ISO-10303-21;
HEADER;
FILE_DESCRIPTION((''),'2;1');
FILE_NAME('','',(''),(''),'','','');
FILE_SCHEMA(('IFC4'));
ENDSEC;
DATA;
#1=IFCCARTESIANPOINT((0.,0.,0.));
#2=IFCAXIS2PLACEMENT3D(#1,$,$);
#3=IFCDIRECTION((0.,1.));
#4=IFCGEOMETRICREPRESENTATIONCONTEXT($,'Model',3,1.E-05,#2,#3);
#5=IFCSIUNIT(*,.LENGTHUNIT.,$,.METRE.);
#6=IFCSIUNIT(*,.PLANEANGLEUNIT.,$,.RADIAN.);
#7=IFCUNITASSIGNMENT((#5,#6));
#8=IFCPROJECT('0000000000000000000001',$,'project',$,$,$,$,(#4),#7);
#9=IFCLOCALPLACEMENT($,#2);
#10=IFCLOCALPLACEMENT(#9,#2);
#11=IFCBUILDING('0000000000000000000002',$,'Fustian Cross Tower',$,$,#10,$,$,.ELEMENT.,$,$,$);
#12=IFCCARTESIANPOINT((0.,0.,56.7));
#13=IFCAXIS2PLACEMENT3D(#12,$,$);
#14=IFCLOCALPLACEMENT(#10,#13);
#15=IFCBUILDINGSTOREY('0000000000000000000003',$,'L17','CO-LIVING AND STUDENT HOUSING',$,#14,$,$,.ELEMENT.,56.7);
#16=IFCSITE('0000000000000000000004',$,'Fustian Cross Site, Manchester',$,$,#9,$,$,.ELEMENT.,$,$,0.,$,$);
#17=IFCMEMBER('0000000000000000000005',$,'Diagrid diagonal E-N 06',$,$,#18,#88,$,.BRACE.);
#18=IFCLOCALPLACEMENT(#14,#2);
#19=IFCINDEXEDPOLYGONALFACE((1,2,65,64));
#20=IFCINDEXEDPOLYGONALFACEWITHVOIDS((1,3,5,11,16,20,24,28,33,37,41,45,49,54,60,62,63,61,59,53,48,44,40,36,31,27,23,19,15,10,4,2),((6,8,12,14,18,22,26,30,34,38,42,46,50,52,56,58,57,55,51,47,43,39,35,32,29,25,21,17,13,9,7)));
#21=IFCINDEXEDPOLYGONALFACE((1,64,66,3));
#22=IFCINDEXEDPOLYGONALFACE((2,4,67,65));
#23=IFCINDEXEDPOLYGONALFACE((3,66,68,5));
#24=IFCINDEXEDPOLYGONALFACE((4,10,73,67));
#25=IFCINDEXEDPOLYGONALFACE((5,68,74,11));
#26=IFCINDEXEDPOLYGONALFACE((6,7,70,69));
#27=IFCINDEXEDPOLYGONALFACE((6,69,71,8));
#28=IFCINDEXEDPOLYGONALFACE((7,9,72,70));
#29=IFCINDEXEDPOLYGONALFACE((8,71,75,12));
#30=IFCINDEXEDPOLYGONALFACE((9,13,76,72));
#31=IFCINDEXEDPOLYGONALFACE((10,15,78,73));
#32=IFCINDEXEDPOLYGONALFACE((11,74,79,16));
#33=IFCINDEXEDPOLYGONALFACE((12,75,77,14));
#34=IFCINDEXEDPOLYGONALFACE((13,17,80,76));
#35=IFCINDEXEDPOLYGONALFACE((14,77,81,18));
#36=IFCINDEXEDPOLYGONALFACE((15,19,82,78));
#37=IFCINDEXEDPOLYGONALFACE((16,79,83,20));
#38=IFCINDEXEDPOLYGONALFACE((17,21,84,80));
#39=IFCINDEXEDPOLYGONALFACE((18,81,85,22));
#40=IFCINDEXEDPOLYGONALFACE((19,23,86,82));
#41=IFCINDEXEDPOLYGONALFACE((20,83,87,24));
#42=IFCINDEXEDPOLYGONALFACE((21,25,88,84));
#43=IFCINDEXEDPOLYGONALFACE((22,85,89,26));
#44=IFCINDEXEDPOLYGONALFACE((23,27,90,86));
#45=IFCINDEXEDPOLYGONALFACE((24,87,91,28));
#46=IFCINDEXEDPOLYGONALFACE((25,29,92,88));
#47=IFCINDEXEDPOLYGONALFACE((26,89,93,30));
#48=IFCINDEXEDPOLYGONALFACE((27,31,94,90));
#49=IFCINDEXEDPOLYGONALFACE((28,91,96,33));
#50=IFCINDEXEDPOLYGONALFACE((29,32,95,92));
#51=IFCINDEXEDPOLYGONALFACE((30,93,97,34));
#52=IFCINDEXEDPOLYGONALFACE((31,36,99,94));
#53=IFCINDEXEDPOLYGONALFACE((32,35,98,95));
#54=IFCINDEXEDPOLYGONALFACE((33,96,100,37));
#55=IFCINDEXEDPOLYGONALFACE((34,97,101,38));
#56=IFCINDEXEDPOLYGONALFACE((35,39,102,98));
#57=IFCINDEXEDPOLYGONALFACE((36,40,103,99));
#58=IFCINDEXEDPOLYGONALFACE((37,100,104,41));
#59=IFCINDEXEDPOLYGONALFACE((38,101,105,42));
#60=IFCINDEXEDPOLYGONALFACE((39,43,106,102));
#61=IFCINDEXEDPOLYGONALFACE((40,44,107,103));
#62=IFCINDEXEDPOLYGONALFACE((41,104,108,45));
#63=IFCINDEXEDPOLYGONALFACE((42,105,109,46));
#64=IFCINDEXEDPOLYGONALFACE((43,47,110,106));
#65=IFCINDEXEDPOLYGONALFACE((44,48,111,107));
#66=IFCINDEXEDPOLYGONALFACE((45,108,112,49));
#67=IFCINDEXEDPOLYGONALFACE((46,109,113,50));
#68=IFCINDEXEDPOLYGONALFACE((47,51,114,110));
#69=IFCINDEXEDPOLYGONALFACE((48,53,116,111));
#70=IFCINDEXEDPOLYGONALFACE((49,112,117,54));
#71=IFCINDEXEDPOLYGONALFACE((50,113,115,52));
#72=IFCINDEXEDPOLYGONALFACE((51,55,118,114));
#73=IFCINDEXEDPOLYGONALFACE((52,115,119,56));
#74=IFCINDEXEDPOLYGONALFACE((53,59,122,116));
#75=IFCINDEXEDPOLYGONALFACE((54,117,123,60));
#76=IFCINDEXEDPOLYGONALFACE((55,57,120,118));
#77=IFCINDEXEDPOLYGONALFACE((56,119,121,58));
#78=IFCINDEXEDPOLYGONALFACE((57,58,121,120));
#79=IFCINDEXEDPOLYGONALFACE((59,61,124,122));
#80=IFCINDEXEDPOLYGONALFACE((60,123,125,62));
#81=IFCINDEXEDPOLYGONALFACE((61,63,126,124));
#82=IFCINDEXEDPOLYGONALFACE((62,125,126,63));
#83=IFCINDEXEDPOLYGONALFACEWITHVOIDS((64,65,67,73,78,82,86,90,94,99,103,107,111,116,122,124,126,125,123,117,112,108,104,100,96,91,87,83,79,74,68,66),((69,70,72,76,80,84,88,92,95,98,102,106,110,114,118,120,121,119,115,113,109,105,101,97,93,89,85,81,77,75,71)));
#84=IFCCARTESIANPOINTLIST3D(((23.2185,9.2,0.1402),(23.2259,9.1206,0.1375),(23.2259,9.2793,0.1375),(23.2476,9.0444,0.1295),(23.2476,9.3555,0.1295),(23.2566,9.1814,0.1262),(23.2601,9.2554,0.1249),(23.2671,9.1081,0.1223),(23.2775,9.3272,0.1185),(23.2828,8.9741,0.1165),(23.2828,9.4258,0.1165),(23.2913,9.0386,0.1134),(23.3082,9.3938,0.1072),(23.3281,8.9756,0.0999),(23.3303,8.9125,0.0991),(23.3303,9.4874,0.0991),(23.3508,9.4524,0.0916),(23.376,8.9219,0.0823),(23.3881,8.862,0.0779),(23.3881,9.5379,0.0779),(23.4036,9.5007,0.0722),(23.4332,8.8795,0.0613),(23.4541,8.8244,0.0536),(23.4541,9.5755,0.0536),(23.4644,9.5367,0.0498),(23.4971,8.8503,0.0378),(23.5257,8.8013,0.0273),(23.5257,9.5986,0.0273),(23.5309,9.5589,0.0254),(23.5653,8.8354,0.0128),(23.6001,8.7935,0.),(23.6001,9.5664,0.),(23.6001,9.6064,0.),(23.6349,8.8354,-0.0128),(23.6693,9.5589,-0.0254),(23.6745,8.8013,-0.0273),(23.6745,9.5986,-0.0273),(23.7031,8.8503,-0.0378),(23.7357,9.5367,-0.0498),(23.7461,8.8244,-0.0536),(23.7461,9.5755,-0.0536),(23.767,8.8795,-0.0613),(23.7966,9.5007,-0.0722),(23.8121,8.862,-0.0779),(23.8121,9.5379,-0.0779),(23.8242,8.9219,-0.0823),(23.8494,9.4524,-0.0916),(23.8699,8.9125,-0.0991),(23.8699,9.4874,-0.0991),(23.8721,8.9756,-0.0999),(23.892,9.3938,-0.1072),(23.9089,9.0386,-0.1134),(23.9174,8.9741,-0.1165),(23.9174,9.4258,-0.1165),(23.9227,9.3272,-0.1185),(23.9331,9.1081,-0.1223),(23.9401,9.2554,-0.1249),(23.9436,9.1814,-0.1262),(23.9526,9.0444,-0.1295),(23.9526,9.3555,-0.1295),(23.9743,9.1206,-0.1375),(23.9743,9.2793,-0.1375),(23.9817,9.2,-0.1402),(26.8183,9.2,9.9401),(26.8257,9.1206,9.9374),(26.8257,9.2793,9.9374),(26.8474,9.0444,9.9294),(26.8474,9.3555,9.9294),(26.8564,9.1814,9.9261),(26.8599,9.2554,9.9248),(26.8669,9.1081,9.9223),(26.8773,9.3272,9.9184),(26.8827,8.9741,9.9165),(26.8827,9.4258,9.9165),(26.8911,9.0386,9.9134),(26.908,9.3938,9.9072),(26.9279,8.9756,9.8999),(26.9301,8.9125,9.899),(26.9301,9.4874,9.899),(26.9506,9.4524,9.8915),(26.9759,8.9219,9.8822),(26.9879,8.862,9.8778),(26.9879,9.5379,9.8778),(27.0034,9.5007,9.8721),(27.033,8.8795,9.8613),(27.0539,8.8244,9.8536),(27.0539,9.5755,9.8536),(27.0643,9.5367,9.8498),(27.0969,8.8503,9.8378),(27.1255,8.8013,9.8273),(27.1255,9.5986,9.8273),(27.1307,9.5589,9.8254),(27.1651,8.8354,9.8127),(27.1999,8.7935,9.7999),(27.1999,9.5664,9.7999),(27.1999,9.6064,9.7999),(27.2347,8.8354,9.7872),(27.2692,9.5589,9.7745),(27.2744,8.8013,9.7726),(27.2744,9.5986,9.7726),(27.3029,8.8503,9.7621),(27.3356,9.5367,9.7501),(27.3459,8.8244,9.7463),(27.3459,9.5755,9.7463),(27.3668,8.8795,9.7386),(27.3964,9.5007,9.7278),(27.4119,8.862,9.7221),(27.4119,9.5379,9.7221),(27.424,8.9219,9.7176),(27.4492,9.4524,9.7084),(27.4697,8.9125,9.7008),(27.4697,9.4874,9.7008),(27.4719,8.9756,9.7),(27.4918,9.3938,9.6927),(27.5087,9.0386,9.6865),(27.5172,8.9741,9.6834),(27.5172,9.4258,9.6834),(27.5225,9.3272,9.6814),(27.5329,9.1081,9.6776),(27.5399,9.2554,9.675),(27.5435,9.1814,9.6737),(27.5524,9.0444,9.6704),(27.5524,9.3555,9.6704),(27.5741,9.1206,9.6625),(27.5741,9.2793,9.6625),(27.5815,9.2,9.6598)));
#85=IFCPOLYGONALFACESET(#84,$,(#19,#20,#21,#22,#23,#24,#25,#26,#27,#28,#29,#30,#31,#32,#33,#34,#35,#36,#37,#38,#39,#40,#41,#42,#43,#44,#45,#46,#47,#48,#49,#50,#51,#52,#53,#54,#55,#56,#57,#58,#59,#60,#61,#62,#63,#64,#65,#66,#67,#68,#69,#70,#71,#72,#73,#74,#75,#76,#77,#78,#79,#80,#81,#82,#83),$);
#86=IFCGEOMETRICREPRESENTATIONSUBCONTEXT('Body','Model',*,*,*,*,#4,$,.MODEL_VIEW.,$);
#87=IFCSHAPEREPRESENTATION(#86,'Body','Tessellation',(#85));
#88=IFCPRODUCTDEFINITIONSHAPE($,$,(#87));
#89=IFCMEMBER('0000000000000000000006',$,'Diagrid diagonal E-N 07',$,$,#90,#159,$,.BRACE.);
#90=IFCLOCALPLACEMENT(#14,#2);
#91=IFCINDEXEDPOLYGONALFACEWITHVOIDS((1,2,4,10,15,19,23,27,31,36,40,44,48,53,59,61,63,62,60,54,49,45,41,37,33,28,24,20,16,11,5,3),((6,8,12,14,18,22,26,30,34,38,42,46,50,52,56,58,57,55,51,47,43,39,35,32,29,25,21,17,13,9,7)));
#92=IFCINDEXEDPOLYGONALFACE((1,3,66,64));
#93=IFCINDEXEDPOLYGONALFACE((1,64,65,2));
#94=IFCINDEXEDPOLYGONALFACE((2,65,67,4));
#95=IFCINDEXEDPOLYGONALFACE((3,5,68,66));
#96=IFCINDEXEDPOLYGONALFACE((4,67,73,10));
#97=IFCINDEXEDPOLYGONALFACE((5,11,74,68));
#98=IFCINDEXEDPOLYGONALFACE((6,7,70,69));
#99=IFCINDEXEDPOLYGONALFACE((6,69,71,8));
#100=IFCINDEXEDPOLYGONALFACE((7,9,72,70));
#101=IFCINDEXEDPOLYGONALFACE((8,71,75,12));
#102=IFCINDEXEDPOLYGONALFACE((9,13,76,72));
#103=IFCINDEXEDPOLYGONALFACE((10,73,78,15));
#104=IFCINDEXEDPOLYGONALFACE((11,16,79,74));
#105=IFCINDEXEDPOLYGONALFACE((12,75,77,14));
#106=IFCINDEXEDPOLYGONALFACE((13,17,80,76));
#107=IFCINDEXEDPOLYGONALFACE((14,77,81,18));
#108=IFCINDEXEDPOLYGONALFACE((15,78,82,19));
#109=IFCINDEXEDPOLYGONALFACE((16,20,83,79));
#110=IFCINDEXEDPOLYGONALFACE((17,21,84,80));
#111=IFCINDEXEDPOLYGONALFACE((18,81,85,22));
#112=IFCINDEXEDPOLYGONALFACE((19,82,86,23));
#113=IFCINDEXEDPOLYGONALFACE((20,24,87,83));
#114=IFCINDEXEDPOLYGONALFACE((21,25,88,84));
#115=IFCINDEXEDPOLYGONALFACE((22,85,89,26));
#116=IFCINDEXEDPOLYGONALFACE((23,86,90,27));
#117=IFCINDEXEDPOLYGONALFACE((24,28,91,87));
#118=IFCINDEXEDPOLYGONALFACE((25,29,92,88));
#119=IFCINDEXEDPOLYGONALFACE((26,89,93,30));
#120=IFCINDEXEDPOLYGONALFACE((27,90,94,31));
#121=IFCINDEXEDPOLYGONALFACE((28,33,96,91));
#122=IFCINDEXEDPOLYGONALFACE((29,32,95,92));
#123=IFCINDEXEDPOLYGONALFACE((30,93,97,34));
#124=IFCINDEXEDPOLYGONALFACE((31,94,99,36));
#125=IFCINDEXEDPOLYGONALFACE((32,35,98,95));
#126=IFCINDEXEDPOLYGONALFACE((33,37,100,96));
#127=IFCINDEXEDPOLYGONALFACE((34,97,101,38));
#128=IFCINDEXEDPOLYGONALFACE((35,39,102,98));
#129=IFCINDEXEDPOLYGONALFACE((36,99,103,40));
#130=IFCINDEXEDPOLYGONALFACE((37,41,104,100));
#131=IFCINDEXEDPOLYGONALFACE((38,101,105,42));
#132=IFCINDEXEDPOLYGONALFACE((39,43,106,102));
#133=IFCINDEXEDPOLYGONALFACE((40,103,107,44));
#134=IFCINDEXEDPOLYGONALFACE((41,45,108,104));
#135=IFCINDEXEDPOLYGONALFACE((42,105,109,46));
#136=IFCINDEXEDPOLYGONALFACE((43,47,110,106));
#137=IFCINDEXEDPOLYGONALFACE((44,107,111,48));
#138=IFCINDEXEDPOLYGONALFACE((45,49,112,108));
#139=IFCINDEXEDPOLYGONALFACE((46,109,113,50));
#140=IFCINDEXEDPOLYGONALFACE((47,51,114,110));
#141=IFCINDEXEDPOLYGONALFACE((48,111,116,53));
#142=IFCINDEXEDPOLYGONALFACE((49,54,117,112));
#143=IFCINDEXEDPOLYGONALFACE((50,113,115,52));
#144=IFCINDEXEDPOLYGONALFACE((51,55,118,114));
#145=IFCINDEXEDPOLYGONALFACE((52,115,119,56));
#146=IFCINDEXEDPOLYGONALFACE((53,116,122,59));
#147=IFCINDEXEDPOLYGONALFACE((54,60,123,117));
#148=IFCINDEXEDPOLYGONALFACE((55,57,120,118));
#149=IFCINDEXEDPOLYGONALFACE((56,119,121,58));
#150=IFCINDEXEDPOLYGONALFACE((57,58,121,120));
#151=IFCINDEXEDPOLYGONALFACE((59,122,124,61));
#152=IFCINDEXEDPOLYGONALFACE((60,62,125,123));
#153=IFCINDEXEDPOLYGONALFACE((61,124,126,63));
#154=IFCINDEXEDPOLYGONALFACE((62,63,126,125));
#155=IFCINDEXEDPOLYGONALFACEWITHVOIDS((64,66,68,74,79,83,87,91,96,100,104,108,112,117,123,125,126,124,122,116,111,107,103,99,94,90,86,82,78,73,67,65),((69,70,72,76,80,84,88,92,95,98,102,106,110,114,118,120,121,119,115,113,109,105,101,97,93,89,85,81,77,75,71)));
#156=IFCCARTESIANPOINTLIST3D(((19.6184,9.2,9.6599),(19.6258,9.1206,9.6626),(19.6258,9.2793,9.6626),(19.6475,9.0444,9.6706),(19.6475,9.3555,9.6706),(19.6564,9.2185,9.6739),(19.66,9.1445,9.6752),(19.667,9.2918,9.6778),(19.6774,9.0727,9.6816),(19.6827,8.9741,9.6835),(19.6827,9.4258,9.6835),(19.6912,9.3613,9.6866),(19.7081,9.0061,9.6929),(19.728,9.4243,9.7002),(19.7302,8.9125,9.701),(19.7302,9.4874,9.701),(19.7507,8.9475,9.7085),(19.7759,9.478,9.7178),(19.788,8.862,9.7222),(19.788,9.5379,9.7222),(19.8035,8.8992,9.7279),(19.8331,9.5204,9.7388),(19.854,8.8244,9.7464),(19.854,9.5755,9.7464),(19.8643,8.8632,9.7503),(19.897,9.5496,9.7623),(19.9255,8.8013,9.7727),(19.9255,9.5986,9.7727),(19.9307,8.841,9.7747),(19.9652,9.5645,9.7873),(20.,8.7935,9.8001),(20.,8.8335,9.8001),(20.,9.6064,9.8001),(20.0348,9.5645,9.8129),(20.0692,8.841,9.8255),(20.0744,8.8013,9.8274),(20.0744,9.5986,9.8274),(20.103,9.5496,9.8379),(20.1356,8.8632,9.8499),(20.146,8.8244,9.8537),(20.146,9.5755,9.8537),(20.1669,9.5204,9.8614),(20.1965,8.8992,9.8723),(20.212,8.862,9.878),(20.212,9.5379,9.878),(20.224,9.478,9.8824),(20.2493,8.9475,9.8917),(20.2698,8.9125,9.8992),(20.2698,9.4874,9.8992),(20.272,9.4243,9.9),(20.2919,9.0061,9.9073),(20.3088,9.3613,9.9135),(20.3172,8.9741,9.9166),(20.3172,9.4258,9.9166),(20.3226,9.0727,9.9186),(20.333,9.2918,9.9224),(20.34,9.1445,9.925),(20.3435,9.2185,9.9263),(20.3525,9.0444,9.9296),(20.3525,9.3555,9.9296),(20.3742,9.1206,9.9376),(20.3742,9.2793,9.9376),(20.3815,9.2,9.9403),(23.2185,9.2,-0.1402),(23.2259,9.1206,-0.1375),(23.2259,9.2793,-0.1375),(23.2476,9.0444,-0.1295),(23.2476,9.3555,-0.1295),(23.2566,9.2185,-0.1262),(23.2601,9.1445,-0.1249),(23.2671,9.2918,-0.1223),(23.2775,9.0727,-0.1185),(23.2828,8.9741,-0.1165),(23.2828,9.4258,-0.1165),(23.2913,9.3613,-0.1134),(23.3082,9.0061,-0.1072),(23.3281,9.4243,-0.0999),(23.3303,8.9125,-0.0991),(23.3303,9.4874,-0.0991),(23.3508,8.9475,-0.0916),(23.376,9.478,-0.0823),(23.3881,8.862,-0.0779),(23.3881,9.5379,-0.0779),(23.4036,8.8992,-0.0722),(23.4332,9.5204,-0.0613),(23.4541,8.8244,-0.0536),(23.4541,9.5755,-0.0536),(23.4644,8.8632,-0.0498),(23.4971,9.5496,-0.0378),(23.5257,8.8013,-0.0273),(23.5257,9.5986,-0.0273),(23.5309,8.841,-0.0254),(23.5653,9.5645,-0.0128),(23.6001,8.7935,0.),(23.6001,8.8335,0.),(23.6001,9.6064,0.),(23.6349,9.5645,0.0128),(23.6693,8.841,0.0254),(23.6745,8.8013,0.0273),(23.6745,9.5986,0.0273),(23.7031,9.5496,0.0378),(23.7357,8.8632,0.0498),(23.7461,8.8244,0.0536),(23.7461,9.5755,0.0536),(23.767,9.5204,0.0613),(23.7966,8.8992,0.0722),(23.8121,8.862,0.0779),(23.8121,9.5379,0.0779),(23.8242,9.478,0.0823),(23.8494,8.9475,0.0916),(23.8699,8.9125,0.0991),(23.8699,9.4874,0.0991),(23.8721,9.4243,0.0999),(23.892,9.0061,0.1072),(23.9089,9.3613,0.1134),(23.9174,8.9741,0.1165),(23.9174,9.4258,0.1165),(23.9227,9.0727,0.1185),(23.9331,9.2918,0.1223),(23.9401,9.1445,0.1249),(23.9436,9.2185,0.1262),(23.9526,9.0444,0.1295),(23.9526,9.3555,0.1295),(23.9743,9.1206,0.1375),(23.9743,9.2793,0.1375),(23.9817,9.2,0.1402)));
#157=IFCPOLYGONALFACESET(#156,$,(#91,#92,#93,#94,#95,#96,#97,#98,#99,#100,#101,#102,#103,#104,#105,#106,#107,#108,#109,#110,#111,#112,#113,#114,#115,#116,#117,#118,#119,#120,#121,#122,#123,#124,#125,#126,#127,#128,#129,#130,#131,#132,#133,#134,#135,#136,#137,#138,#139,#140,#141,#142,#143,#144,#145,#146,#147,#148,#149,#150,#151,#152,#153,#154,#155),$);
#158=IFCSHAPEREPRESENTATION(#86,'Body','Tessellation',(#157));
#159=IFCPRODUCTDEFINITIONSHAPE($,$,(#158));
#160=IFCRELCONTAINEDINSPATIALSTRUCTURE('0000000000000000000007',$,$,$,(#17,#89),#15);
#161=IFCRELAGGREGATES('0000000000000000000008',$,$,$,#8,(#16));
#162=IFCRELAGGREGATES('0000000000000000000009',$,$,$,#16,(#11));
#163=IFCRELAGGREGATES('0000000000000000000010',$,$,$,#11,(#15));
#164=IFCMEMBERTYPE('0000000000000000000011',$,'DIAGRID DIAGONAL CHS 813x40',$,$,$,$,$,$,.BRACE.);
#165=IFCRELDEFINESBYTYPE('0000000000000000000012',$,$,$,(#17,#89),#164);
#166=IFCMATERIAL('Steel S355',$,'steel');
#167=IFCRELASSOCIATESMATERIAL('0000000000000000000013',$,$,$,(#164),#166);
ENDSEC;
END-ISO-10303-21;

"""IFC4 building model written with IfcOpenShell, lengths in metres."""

from ifc_helpers import new_model, si_unit, direction, frame, origin, origin_2d, place, context, subcontext, project, spatial, hollow_circle, extrude, material, material_profile, profile_set, type_object, element, save


model = new_model("IFC4")

# Units and contexts
model_context = context("Model", 3, precision=1e-05, world=origin(), true_north=direction((0.0, 1.0)))
body_context = subcontext(model_context, "Body", "Model", "MODEL_VIEW")
ifc_project = project(units=[si_unit("LENGTHUNIT", "METRE"), si_unit("PLANEANGLEUNIT", "RADIAN")], contexts=[model_context])

# Site, building, storey
site_placement = place(None, origin())
site = spatial("IfcSite", under=ifc_project, at=site_placement, Name="Fustian Cross Site, Manchester", CompositionType="ELEMENT", RefElevation=0.0)
building_placement = place(site_placement, origin())
building = spatial("IfcBuilding", under=site, at=building_placement, Name="Fustian Cross Tower", CompositionType="ELEMENT")
storey_placement = place(building_placement, frame((0.0, 0.0, 56.7)))
storey = spatial("IfcBuildingStorey", under=building, at=storey_placement, Name="L17", Description="CO-LIVING AND STUDENT HOUSING", CompositionType="ELEMENT", Elevation=56.7)

# Members
ifc_material_1 = material(Name="Steel S355", Category="steel")
ifc_material_profile_1 = material_profile(ifc_material_1, hollow_circle(Radius=0.4065, WallThickness=0.04, at=origin_2d()), Name="CHS 813x40")
ifc_profile_set_1 = profile_set([ifc_material_profile_1], Name="Steel S355")
member_type_1 = type_object("IfcMemberType", Name="DIAGRID DIAGONAL CHS 813x40", PredefinedType="BRACE", material=ifc_profile_set_1)
member_1_placement = place(storey_placement, frame((23.6001, 9.2, 0.0), z_axis=(0.344804, 0.0, 0.938675), x_axis=(0.0, 1.0, 0.0)))
element("IfcMember", 1, at=member_1_placement, inside=storey, type_object=member_type_1, Name="Diagrid diagonal E-N 06", PredefinedType="BRACE", context=body_context, shape_type="SweptSolid", body=[
    extrude(hollow_circle(Radius=0.4065, WallThickness=0.04, at=origin_2d()), origin(), (0.0, 0.0, 1.0), 10.4402),
])
for number, where, z_axis, x_axis, name in (
    (2, (23.6001, 9.2, 0.0), (-0.344824, 0.0, 0.938667), (0.0, -1.0, 0.0), "Diagrid diagonal E-N 07"),
):
    element("IfcMember", number, at=place(storey_placement, frame(where, z_axis=z_axis, x_axis=x_axis)), inside=storey, type_object=member_type_1, Name=name, PredefinedType="BRACE", context=body_context, shape_type="SweptSolid", body=[
        extrude(hollow_circle(Radius=0.4065, WallThickness=0.04, at=origin_2d()), origin(), (0.0, 0.0, 1.0), 10.4404),
    ])

save(model, "model.ifc")
